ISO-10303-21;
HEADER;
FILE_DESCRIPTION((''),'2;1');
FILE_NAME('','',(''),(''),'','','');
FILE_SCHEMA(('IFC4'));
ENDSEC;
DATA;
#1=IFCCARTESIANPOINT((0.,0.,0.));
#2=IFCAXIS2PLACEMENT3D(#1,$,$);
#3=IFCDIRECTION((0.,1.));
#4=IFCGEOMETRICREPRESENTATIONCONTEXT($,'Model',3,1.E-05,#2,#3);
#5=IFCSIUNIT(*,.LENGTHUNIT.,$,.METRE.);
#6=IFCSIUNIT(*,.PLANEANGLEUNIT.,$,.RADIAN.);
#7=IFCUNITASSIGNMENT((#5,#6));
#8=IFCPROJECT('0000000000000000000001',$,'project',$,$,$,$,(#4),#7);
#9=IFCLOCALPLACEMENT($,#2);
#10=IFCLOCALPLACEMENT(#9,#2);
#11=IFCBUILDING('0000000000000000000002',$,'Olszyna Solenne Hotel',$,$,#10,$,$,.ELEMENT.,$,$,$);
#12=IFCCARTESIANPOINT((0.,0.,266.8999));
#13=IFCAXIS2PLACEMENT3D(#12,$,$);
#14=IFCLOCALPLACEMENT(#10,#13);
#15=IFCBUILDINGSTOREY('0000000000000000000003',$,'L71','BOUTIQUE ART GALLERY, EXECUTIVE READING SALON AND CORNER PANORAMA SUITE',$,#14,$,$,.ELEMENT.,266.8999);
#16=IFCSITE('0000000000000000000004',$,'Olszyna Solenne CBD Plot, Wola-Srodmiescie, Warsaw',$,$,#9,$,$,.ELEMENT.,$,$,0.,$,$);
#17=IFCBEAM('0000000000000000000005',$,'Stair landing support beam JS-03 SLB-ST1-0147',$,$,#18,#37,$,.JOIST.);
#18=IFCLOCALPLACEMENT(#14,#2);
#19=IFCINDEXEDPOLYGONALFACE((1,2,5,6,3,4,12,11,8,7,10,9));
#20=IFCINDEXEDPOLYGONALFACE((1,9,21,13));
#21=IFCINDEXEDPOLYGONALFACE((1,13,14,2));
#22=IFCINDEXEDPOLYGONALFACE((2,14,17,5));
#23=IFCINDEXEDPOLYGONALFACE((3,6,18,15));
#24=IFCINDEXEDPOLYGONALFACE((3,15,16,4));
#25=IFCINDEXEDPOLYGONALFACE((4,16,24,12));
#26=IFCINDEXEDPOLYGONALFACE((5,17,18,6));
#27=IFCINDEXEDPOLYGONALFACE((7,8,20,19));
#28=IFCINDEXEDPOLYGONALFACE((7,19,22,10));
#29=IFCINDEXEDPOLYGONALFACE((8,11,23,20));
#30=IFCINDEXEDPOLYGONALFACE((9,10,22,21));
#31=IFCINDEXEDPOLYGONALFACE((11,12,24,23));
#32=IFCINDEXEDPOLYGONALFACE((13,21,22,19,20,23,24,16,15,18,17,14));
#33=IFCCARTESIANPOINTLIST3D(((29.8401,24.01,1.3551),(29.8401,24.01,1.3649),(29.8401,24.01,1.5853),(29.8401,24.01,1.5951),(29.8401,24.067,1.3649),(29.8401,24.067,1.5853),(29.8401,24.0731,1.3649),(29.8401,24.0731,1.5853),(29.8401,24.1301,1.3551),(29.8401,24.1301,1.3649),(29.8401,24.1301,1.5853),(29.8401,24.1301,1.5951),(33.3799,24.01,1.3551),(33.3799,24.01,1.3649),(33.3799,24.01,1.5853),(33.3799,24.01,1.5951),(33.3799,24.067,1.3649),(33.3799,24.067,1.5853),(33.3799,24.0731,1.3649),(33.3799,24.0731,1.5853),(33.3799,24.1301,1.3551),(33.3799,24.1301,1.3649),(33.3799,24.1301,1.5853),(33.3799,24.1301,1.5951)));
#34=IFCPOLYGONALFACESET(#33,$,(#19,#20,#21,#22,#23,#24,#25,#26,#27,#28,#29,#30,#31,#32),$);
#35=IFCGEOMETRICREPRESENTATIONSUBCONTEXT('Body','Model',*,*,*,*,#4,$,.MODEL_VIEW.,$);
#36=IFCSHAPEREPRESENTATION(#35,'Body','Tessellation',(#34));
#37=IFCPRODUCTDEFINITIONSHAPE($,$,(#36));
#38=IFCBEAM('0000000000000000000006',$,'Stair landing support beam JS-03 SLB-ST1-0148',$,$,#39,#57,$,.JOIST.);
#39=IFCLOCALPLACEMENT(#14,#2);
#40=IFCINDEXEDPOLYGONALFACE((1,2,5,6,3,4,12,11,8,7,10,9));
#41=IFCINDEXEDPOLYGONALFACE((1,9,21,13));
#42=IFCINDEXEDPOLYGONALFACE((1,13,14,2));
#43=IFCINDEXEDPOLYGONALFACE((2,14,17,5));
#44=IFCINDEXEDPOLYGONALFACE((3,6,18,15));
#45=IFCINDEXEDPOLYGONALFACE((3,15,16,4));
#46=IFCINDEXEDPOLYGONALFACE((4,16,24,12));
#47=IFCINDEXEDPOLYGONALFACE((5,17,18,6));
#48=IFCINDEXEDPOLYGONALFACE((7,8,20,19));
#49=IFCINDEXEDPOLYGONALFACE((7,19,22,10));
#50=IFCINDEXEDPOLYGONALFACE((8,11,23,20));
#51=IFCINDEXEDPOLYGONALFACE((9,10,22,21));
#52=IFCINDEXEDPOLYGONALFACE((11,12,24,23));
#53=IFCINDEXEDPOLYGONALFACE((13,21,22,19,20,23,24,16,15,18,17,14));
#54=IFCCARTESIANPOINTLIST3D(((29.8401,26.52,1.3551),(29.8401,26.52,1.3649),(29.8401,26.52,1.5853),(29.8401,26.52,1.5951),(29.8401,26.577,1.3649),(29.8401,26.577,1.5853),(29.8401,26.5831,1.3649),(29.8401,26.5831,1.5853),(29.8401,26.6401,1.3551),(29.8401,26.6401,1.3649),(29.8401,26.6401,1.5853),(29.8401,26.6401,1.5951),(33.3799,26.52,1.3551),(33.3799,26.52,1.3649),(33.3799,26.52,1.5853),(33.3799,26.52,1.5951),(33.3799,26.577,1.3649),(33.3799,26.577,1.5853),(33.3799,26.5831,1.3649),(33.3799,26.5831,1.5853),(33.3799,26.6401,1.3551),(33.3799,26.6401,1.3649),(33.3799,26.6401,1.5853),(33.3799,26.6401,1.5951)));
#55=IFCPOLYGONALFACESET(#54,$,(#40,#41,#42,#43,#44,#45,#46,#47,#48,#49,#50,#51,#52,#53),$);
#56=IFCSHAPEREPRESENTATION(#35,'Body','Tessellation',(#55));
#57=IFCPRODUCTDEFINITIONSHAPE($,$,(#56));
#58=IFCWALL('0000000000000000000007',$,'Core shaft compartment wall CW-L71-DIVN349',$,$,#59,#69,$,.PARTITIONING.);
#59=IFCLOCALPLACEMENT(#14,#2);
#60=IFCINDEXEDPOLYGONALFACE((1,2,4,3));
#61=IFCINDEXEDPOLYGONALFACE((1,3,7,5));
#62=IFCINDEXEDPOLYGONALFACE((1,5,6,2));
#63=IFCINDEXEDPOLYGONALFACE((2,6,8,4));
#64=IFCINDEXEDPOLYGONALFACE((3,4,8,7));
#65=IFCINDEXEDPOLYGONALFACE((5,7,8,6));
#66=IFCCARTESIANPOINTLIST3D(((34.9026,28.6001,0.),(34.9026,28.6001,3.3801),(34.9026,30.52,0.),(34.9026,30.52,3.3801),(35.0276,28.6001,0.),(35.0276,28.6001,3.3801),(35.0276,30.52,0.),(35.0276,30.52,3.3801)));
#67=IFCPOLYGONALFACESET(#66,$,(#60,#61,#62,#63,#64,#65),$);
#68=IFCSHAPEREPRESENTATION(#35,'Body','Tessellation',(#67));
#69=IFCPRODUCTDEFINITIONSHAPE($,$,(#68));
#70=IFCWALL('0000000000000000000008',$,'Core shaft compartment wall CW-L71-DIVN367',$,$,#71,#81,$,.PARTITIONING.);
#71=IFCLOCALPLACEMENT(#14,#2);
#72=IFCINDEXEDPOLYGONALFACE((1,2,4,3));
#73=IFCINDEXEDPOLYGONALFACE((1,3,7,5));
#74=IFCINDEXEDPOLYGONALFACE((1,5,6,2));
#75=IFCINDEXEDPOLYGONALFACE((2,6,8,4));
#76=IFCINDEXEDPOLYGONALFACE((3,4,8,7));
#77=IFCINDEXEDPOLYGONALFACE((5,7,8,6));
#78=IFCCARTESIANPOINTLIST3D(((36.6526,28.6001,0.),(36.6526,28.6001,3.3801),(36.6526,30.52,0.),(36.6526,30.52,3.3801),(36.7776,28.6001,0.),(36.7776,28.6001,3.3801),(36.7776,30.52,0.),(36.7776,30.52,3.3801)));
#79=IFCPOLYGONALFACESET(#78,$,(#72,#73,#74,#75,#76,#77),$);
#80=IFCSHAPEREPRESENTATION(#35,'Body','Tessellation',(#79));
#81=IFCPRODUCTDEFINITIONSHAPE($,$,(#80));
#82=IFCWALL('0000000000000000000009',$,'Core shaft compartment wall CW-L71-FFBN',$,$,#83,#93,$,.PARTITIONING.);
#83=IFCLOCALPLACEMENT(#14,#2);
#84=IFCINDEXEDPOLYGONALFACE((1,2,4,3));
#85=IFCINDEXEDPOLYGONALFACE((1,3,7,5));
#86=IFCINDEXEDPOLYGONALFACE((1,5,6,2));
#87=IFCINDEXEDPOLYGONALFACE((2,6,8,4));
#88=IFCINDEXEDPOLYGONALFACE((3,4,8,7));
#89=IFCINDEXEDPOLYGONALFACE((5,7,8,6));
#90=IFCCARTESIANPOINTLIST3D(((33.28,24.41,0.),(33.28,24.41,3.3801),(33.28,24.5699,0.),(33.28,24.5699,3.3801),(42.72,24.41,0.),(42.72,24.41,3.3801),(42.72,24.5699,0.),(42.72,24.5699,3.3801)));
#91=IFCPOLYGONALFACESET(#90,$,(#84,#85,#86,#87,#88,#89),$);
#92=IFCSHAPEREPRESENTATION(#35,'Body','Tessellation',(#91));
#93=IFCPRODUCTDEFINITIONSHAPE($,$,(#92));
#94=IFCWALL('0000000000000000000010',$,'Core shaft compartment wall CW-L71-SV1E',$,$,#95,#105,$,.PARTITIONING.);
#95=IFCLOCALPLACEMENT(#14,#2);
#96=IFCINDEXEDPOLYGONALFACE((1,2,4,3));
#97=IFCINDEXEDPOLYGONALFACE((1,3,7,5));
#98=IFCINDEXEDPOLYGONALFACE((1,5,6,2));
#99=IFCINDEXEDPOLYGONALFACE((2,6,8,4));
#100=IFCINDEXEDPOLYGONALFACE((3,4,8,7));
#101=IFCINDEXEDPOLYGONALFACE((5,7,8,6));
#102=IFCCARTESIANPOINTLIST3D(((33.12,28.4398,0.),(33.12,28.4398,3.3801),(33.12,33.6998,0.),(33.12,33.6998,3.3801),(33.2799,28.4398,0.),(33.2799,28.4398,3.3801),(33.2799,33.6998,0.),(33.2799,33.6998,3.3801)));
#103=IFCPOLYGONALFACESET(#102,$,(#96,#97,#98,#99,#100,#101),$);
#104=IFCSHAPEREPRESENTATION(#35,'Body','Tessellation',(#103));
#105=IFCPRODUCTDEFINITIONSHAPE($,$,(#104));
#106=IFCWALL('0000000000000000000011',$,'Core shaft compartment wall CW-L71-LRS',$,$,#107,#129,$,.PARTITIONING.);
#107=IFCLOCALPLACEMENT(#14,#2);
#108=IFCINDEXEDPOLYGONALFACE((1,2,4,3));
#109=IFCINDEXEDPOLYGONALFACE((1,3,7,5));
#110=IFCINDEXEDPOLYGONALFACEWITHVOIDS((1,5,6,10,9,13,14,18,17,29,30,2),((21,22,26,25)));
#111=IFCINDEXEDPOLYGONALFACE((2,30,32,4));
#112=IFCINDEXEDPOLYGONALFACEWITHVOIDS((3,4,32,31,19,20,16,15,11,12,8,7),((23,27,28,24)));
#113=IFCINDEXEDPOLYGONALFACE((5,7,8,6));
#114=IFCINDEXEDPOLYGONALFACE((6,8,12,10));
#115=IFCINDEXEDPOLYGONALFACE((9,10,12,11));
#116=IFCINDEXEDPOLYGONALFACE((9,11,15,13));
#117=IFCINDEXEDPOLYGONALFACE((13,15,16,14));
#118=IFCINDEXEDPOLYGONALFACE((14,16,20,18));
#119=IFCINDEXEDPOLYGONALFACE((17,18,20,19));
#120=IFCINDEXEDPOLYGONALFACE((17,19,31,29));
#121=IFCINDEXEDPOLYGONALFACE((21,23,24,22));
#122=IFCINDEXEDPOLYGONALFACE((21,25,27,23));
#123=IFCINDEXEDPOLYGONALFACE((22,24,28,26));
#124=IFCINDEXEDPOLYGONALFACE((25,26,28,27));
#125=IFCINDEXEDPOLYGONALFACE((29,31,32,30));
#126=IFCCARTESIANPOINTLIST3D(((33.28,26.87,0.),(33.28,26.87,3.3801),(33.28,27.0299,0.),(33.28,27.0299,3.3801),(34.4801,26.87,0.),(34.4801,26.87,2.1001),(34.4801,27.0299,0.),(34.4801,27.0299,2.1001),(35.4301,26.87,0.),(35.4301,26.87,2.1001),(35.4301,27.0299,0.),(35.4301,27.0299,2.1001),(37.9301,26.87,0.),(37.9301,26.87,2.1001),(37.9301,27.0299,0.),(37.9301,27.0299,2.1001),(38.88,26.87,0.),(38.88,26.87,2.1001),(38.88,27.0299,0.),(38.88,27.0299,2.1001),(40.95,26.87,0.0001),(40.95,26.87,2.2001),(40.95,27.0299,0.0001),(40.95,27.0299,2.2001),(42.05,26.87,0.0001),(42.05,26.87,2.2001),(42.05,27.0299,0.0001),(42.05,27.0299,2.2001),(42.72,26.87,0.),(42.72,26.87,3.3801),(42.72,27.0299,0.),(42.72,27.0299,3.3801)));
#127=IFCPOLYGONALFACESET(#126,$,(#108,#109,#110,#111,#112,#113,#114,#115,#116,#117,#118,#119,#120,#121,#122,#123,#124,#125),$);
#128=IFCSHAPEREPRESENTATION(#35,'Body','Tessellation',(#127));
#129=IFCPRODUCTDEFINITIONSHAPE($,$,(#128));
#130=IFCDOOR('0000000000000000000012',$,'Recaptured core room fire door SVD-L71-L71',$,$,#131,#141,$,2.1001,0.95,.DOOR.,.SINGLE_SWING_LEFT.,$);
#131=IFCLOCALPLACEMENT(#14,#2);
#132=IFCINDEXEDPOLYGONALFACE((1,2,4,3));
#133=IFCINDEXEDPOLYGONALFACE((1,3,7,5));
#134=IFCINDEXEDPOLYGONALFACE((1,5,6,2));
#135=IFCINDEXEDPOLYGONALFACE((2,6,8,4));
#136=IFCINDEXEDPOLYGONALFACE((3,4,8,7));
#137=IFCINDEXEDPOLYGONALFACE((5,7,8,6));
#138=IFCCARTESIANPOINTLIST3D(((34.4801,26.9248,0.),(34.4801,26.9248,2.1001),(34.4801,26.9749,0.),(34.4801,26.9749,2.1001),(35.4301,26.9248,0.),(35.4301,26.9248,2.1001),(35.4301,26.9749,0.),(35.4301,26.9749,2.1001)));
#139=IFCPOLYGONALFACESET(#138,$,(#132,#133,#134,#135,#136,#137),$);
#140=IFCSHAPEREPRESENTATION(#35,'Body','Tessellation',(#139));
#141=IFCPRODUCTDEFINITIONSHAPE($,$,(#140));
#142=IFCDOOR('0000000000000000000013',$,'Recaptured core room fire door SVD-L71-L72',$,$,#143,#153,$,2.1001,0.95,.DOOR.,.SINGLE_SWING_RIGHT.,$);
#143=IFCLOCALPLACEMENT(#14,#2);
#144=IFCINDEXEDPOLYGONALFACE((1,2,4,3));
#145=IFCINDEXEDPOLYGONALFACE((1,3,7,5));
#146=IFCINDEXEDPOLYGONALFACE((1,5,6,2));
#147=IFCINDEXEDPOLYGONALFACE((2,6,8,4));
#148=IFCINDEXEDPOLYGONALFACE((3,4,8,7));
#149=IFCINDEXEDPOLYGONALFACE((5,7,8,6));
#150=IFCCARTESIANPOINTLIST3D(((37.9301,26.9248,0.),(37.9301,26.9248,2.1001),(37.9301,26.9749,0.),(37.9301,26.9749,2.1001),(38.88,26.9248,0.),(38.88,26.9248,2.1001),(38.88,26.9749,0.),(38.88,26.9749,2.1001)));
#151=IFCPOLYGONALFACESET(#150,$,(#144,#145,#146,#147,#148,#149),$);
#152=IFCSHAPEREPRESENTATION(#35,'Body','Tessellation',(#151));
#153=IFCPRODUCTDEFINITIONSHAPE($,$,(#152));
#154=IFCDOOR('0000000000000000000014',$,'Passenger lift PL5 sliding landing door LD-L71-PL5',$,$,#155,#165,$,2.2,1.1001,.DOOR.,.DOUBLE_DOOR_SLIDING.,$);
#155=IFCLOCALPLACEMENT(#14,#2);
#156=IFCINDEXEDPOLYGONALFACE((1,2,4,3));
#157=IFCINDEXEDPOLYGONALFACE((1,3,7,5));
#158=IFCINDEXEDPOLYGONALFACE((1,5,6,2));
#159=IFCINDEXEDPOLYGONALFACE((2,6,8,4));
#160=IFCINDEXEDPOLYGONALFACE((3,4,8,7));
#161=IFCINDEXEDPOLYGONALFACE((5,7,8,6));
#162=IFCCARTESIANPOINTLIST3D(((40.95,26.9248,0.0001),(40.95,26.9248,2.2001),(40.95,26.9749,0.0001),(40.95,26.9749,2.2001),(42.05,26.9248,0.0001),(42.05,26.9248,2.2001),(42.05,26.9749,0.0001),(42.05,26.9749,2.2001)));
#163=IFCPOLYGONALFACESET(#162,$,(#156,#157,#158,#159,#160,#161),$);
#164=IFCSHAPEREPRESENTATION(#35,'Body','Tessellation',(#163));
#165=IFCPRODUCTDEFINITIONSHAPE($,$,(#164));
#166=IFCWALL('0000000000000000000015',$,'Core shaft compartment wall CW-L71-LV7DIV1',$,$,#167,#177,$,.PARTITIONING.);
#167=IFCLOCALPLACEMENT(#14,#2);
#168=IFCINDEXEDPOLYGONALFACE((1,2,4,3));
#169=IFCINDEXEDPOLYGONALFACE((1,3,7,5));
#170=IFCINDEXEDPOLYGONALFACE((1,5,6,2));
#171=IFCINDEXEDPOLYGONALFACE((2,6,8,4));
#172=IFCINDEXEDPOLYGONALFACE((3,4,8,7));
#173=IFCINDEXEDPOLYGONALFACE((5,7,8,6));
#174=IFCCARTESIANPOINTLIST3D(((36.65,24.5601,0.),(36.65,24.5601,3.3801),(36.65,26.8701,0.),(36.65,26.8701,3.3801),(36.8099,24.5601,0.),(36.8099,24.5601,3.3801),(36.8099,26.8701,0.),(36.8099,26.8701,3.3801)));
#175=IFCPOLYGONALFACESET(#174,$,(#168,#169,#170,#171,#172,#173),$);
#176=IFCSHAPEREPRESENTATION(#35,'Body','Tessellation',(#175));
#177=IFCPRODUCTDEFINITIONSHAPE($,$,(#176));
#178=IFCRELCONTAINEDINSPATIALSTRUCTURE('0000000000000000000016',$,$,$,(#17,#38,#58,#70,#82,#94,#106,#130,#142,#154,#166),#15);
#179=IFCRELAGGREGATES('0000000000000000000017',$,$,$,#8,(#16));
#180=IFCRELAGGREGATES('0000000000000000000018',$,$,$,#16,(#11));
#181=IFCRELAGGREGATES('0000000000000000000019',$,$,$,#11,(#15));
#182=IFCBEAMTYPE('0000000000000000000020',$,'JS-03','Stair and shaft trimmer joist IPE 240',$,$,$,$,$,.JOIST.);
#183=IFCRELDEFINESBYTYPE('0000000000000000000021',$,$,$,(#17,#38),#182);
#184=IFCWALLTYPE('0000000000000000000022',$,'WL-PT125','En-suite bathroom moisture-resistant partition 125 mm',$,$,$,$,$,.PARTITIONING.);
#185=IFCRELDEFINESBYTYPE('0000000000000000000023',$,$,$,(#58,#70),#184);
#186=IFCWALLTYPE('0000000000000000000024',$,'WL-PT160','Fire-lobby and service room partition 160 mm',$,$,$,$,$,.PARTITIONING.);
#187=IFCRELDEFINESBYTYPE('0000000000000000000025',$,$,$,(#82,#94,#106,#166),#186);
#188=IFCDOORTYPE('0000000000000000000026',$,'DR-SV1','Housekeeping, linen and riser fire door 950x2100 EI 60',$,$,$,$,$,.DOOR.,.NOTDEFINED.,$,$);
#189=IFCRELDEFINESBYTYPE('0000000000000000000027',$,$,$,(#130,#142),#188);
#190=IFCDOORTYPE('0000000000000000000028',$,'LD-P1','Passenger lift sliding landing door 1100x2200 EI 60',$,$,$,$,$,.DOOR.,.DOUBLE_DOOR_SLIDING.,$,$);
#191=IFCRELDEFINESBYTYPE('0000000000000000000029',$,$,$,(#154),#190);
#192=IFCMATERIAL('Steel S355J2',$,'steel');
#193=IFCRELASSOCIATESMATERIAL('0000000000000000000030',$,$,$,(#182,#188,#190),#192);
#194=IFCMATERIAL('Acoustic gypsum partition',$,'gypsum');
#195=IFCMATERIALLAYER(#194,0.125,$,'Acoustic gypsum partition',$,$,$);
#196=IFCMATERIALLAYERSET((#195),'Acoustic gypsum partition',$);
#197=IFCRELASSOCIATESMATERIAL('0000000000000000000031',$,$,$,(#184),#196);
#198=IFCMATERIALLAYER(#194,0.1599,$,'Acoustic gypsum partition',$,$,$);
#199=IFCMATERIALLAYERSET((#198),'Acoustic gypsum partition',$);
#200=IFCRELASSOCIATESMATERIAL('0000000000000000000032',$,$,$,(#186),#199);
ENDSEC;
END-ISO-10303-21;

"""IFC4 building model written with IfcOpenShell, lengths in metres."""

from ifc_helpers import new_model, si_unit, direction, frame, frame_2d, origin, origin_2d, place, context, subcontext, project, spatial, rectangle, i_section, extrude, source, transform, mapped, material, layer, layer_set, material_profile, profile_set, type_object, type_shapes, element, fill, save


model = new_model("IFC4")

# Units and contexts
model_context = context("Model", 3, precision=1e-05, world=origin(), true_north=direction((0.0, 1.0)))
body_context = subcontext(model_context, "Body", "Model", "MODEL_VIEW")
ifc_project = project(units=[si_unit("LENGTHUNIT", "METRE"), si_unit("PLANEANGLEUNIT", "RADIAN")], contexts=[model_context])

# Site, building, storey
site_placement = place(None, origin())
site = spatial("IfcSite", under=ifc_project, at=site_placement, Name="Olszyna Solenne CBD Plot, Wola-Srodmiescie, Warsaw", CompositionType="ELEMENT", RefElevation=0.0)
building_placement = place(site_placement, origin())
building = spatial("IfcBuilding", under=site, at=building_placement, Name="Olszyna Solenne Hotel", CompositionType="ELEMENT")
storey_placement = place(building_placement, frame((0.0, 0.0, 266.8999)))
storey = spatial("IfcBuildingStorey", under=building, at=storey_placement, Name="L71", Description="BOUTIQUE ART GALLERY, EXECUTIVE READING SALON AND CORNER PANORAMA SUITE", CompositionType="ELEMENT", Elevation=266.8999)

# Beams
ifc_material_1 = material(Name="Steel S355J2", Category="steel")
ifc_material_profile = material_profile(ifc_material_1, i_section(OverallWidth=0.1201, OverallDepth=0.24, WebThickness=0.0061, FlangeThickness=0.0098, at=origin_2d()), Name="IPE 240", Category="load-bearing")
ifc_profile_set = profile_set([ifc_material_profile], Name="Steel S355J2")
beam_type = type_object("IfcBeamType", Name="JS-03", Description="Stair and shaft trimmer joist IPE 240", PredefinedType="JOIST", material=ifc_profile_set)
shared_shape_1 = source(origin(), body_context, "Body", "SweptSolid", [
    extrude(i_section(OverallWidth=0.1201, OverallDepth=0.24, WebThickness=0.0061, FlangeThickness=0.0098, at=origin_2d()), origin(), (0.0, 0.0, 1.0), 3.5398),
])
for number, where, z_axis, x_axis, name in (
    (1, (33.3799, 24.0701, 1.4751), (-1.0, 0.0, 0.0), (0.0, -1.0, 0.0), "Stair landing support beam JS-03 SLB-ST1-0147"),
    (2, (33.3799, 26.5801, 1.4751), (-1.0, 0.0, 0.0), (0.0, -1.0, 0.0), "Stair landing support beam JS-03 SLB-ST1-0148"),
):
    element("IfcBeam", number, at=place(storey_placement, frame(where, z_axis=z_axis, x_axis=x_axis)), inside=storey, type_object=beam_type, Name=name, PredefinedType="JOIST", context=body_context, shape_type="MappedRepresentation", body=[
        mapped(shared_shape_1, transform((0.0, 0.0, 0.0), x_axis=(1.0, 0.0, 0.0), y_axis=(0.0, 1.0, 0.0), z_axis=(0.0, 0.0, 1.0), scale=1.0)),
    ])

# Walls
ifc_material_2 = material(Name="Acoustic gypsum partition", Category="gypsum")
ifc_layer_1 = layer(ifc_material_2, 0.125, Name="Acoustic gypsum partition")
ifc_layer_set_1 = layer_set([ifc_layer_1], Name="Acoustic gypsum partition")
wall_type_1 = type_object("IfcWallType", Name="WL-PT125", Description="En-suite bathroom moisture-resistant partition 125 mm", PredefinedType="PARTITIONING", material=ifc_layer_set_1)
for number, where, z_axis, x_axis, name in (
    (3, (34.9651, 28.6001, 0.0), (0.0, 0.0, 1.0), (0.0, 1.0, 0.0), "Core shaft compartment wall CW-L71-DIVN349"),
    (4, (36.7151, 28.6001, 0.0), (0.0, 0.0, 1.0), (0.0, 1.0, 0.0), "Core shaft compartment wall CW-L71-DIVN367"),
):
    element("IfcWall", number, at=place(storey_placement, frame(where, z_axis=z_axis, x_axis=x_axis)), inside=storey, type_object=wall_type_1, Name=name, PredefinedType="PARTITIONING", context=body_context, shape_type="SweptSolid", body=[
        extrude(rectangle(XDim=1.9199, YDim=0.125, at=frame_2d((0.96, 0.0))), origin(), (0.0, 0.0, 1.0), 3.3801),
    ])
ifc_layer_2 = layer(ifc_material_2, 0.1599, Name="Acoustic gypsum partition")
ifc_layer_set_2 = layer_set([ifc_layer_2], Name="Acoustic gypsum partition")
wall_type_2 = type_object("IfcWallType", Name="WL-PT160", Description="Fire-lobby and service room partition 160 mm", PredefinedType="PARTITIONING", material=ifc_layer_set_2)
wall_1_placement = place(storey_placement, frame((33.28, 24.49, 0.0), z_axis=(0.0, 0.0, 1.0), x_axis=(1.0, 0.0, 0.0)))
element("IfcWall", 5, at=wall_1_placement, inside=storey, type_object=wall_type_2, Name="Core shaft compartment wall CW-L71-FFBN", PredefinedType="PARTITIONING", context=body_context, shape_type="SweptSolid", body=[
    extrude(rectangle(XDim=9.4399, YDim=0.1599, at=frame_2d((4.72, 0.0))), origin(), (0.0, 0.0, 1.0), 3.3801),
])
wall_2_placement = place(storey_placement, frame((33.2, 28.4399, 0.0), z_axis=(0.0, 0.0, 1.0), x_axis=(0.0, 1.0, 0.0)))
element("IfcWall", 6, at=wall_2_placement, inside=storey, type_object=wall_type_2, Name="Core shaft compartment wall CW-L71-SV1E", PredefinedType="PARTITIONING", context=body_context, shape_type="SweptSolid", body=[
    extrude(rectangle(XDim=5.26, YDim=0.1599, at=frame_2d((2.6299, 0.0))), origin(), (0.0, 0.0, 1.0), 3.3801),
])

# Wall, openings, doors
wall_3_placement = place(storey_placement, frame((33.28, 26.95, 0.0), z_axis=(0.0, 0.0, 1.0), x_axis=(1.0, 0.0, 0.0)))
wall_3 = element("IfcWall", 7, at=wall_3_placement, inside=storey, type_object=wall_type_2, Name="Core shaft compartment wall CW-L71-LRS", PredefinedType="PARTITIONING", context=body_context, shape_type="SweptSolid", body=[
    extrude(rectangle(XDim=9.4399, YDim=0.1599, at=frame_2d((4.72, 0.0))), origin(), (0.0, 0.0, 1.0), 3.3801),
])
opening_1_placement = place(wall_3_placement, frame((1.2, 0.0, 0.0)))
opening_1 = element("IfcOpeningElement", 8, at=opening_1_placement, cuts=wall_3, PredefinedType="OPENING", context=body_context, shape_type="SweptSolid", body=[
    extrude(rectangle(XDim=0.95, YDim=2.1001, at=frame_2d((0.4751, 1.05))), frame((0.0, 0.0898, 0.0), z_axis=(0.0, -1.0, 0.0), x_axis=(1.0, 0.0, 0.0)), (0.0, 0.0, 1.0), 0.1799),
])
opening_2_placement = place(wall_3_placement, frame((4.6499, 0.0, 0.0)))
opening_2 = element("IfcOpeningElement", 9, at=opening_2_placement, cuts=wall_3, PredefinedType="OPENING", context=body_context, shape_type="SweptSolid", body=[
    extrude(rectangle(XDim=0.95, YDim=2.1001, at=frame_2d((0.4751, 1.05))), frame((0.0, 0.0898, 0.0), z_axis=(0.0, -1.0, 0.0), x_axis=(1.0, 0.0, 0.0)), (0.0, 0.0, 1.0), 0.1799),
])
opening_3_placement = place(wall_3_placement, frame((7.6699, 0.0, 0.0)))
opening_3 = element("IfcOpeningElement", 10, at=opening_3_placement, cuts=wall_3, PredefinedType="OPENING", context=body_context, shape_type="SweptSolid", body=[
    extrude(rectangle(XDim=1.1001, YDim=2.2, at=frame_2d((0.55, 1.1001))), frame((0.0, 0.0898, 0.0), z_axis=(0.0, -1.0, 0.0), x_axis=(1.0, 0.0, 0.0)), (0.0, 0.0, 1.0), 0.1799),
])
door_type_1 = type_object("IfcDoorType", Name="DR-SV1", Description="Housekeeping, linen and riser fire door 950x2100 EI 60", OperationType="NOTDEFINED", PredefinedType="DOOR", material=ifc_material_1)
shared_shape_2 = source(origin(), body_context, "Body", "SweptSolid", [
    extrude(rectangle(XDim=0.95, YDim=2.1001, at=frame_2d((0.4751, 1.05))), frame((0.0, 0.0249, 0.0), z_axis=(0.0, -1.0, 0.0), x_axis=(1.0, 0.0, 0.0)), (0.0, 0.0, 1.0), 0.05),
])
type_shapes(door_type_1, [shared_shape_2])
door_1_placement = place(opening_1_placement, origin())
door_1 = element("IfcDoor", 11, at=door_1_placement, inside=storey, type_object=door_type_1, Name="Recaptured core room fire door SVD-L71-L71", OperationType="SINGLE_SWING_LEFT", OverallHeight=2.1001, OverallWidth=0.95, PredefinedType="DOOR", context=body_context, shape_type="MappedRepresentation", body=[
    mapped(shared_shape_2, transform((0.0, 0.0, 0.0), x_axis=(1.0, 0.0, 0.0), y_axis=(0.0, 1.0, 0.0), z_axis=(0.0, 0.0, 1.0), scale=1.0)),
])
fill(opening_1, door_1)
door_2_placement = place(opening_2_placement, origin())
door_2 = element("IfcDoor", 12, at=door_2_placement, inside=storey, type_object=door_type_1, Name="Recaptured core room fire door SVD-L71-L72", OperationType="SINGLE_SWING_RIGHT", OverallHeight=2.1001, OverallWidth=0.95, PredefinedType="DOOR", context=body_context, shape_type="MappedRepresentation", body=[
    mapped(shared_shape_2, transform((0.0, 0.0, 0.0), x_axis=(1.0, 0.0, 0.0), y_axis=(0.0, 1.0, 0.0), z_axis=(0.0, 0.0, 1.0), scale=1.0)),
])
fill(opening_2, door_2)
door_type_2 = type_object("IfcDoorType", Name="LD-P1", Description="Passenger lift sliding landing door 1100x2200 EI 60", OperationType="DOUBLE_DOOR_SLIDING", PredefinedType="DOOR", material=ifc_material_1)
shared_shape_3 = source(origin(), body_context, "Body", "SweptSolid", [
    extrude(rectangle(XDim=1.1001, YDim=2.2, at=frame_2d((0.55, 1.1001))), frame((0.0, 0.0249, 0.0), z_axis=(0.0, -1.0, 0.0), x_axis=(1.0, 0.0, 0.0)), (0.0, 0.0, 1.0), 0.05),
])
type_shapes(door_type_2, [shared_shape_3])
door_3_placement = place(opening_3_placement, origin())
door_3 = element("IfcDoor", 13, at=door_3_placement, inside=storey, type_object=door_type_2, Name="Passenger lift PL5 sliding landing door LD-L71-PL5", OperationType="DOUBLE_DOOR_SLIDING", OverallHeight=2.2, OverallWidth=1.1001, PredefinedType="DOOR", context=body_context, shape_type="MappedRepresentation", body=[
    mapped(shared_shape_3, transform((0.0, 0.0, 0.0), x_axis=(1.0, 0.0, 0.0), y_axis=(0.0, 1.0, 0.0), z_axis=(0.0, 0.0, 1.0), scale=1.0)),
])
fill(opening_3, door_3)

# Wall
wall_4_placement = place(storey_placement, frame((36.73, 24.5601, 0.0), z_axis=(0.0, 0.0, 1.0), x_axis=(0.0, 1.0, 0.0)))
element("IfcWall", 14, at=wall_4_placement, inside=storey, type_object=wall_type_2, Name="Core shaft compartment wall CW-L71-LV7DIV1", PredefinedType="PARTITIONING", context=body_context, shape_type="SweptSolid", body=[
    extrude(rectangle(XDim=2.3101, YDim=0.1599, at=frame_2d((1.155, 0.0))), origin(), (0.0, 0.0, 1.0), 3.3801),
])

save(model, "model.ifc")
